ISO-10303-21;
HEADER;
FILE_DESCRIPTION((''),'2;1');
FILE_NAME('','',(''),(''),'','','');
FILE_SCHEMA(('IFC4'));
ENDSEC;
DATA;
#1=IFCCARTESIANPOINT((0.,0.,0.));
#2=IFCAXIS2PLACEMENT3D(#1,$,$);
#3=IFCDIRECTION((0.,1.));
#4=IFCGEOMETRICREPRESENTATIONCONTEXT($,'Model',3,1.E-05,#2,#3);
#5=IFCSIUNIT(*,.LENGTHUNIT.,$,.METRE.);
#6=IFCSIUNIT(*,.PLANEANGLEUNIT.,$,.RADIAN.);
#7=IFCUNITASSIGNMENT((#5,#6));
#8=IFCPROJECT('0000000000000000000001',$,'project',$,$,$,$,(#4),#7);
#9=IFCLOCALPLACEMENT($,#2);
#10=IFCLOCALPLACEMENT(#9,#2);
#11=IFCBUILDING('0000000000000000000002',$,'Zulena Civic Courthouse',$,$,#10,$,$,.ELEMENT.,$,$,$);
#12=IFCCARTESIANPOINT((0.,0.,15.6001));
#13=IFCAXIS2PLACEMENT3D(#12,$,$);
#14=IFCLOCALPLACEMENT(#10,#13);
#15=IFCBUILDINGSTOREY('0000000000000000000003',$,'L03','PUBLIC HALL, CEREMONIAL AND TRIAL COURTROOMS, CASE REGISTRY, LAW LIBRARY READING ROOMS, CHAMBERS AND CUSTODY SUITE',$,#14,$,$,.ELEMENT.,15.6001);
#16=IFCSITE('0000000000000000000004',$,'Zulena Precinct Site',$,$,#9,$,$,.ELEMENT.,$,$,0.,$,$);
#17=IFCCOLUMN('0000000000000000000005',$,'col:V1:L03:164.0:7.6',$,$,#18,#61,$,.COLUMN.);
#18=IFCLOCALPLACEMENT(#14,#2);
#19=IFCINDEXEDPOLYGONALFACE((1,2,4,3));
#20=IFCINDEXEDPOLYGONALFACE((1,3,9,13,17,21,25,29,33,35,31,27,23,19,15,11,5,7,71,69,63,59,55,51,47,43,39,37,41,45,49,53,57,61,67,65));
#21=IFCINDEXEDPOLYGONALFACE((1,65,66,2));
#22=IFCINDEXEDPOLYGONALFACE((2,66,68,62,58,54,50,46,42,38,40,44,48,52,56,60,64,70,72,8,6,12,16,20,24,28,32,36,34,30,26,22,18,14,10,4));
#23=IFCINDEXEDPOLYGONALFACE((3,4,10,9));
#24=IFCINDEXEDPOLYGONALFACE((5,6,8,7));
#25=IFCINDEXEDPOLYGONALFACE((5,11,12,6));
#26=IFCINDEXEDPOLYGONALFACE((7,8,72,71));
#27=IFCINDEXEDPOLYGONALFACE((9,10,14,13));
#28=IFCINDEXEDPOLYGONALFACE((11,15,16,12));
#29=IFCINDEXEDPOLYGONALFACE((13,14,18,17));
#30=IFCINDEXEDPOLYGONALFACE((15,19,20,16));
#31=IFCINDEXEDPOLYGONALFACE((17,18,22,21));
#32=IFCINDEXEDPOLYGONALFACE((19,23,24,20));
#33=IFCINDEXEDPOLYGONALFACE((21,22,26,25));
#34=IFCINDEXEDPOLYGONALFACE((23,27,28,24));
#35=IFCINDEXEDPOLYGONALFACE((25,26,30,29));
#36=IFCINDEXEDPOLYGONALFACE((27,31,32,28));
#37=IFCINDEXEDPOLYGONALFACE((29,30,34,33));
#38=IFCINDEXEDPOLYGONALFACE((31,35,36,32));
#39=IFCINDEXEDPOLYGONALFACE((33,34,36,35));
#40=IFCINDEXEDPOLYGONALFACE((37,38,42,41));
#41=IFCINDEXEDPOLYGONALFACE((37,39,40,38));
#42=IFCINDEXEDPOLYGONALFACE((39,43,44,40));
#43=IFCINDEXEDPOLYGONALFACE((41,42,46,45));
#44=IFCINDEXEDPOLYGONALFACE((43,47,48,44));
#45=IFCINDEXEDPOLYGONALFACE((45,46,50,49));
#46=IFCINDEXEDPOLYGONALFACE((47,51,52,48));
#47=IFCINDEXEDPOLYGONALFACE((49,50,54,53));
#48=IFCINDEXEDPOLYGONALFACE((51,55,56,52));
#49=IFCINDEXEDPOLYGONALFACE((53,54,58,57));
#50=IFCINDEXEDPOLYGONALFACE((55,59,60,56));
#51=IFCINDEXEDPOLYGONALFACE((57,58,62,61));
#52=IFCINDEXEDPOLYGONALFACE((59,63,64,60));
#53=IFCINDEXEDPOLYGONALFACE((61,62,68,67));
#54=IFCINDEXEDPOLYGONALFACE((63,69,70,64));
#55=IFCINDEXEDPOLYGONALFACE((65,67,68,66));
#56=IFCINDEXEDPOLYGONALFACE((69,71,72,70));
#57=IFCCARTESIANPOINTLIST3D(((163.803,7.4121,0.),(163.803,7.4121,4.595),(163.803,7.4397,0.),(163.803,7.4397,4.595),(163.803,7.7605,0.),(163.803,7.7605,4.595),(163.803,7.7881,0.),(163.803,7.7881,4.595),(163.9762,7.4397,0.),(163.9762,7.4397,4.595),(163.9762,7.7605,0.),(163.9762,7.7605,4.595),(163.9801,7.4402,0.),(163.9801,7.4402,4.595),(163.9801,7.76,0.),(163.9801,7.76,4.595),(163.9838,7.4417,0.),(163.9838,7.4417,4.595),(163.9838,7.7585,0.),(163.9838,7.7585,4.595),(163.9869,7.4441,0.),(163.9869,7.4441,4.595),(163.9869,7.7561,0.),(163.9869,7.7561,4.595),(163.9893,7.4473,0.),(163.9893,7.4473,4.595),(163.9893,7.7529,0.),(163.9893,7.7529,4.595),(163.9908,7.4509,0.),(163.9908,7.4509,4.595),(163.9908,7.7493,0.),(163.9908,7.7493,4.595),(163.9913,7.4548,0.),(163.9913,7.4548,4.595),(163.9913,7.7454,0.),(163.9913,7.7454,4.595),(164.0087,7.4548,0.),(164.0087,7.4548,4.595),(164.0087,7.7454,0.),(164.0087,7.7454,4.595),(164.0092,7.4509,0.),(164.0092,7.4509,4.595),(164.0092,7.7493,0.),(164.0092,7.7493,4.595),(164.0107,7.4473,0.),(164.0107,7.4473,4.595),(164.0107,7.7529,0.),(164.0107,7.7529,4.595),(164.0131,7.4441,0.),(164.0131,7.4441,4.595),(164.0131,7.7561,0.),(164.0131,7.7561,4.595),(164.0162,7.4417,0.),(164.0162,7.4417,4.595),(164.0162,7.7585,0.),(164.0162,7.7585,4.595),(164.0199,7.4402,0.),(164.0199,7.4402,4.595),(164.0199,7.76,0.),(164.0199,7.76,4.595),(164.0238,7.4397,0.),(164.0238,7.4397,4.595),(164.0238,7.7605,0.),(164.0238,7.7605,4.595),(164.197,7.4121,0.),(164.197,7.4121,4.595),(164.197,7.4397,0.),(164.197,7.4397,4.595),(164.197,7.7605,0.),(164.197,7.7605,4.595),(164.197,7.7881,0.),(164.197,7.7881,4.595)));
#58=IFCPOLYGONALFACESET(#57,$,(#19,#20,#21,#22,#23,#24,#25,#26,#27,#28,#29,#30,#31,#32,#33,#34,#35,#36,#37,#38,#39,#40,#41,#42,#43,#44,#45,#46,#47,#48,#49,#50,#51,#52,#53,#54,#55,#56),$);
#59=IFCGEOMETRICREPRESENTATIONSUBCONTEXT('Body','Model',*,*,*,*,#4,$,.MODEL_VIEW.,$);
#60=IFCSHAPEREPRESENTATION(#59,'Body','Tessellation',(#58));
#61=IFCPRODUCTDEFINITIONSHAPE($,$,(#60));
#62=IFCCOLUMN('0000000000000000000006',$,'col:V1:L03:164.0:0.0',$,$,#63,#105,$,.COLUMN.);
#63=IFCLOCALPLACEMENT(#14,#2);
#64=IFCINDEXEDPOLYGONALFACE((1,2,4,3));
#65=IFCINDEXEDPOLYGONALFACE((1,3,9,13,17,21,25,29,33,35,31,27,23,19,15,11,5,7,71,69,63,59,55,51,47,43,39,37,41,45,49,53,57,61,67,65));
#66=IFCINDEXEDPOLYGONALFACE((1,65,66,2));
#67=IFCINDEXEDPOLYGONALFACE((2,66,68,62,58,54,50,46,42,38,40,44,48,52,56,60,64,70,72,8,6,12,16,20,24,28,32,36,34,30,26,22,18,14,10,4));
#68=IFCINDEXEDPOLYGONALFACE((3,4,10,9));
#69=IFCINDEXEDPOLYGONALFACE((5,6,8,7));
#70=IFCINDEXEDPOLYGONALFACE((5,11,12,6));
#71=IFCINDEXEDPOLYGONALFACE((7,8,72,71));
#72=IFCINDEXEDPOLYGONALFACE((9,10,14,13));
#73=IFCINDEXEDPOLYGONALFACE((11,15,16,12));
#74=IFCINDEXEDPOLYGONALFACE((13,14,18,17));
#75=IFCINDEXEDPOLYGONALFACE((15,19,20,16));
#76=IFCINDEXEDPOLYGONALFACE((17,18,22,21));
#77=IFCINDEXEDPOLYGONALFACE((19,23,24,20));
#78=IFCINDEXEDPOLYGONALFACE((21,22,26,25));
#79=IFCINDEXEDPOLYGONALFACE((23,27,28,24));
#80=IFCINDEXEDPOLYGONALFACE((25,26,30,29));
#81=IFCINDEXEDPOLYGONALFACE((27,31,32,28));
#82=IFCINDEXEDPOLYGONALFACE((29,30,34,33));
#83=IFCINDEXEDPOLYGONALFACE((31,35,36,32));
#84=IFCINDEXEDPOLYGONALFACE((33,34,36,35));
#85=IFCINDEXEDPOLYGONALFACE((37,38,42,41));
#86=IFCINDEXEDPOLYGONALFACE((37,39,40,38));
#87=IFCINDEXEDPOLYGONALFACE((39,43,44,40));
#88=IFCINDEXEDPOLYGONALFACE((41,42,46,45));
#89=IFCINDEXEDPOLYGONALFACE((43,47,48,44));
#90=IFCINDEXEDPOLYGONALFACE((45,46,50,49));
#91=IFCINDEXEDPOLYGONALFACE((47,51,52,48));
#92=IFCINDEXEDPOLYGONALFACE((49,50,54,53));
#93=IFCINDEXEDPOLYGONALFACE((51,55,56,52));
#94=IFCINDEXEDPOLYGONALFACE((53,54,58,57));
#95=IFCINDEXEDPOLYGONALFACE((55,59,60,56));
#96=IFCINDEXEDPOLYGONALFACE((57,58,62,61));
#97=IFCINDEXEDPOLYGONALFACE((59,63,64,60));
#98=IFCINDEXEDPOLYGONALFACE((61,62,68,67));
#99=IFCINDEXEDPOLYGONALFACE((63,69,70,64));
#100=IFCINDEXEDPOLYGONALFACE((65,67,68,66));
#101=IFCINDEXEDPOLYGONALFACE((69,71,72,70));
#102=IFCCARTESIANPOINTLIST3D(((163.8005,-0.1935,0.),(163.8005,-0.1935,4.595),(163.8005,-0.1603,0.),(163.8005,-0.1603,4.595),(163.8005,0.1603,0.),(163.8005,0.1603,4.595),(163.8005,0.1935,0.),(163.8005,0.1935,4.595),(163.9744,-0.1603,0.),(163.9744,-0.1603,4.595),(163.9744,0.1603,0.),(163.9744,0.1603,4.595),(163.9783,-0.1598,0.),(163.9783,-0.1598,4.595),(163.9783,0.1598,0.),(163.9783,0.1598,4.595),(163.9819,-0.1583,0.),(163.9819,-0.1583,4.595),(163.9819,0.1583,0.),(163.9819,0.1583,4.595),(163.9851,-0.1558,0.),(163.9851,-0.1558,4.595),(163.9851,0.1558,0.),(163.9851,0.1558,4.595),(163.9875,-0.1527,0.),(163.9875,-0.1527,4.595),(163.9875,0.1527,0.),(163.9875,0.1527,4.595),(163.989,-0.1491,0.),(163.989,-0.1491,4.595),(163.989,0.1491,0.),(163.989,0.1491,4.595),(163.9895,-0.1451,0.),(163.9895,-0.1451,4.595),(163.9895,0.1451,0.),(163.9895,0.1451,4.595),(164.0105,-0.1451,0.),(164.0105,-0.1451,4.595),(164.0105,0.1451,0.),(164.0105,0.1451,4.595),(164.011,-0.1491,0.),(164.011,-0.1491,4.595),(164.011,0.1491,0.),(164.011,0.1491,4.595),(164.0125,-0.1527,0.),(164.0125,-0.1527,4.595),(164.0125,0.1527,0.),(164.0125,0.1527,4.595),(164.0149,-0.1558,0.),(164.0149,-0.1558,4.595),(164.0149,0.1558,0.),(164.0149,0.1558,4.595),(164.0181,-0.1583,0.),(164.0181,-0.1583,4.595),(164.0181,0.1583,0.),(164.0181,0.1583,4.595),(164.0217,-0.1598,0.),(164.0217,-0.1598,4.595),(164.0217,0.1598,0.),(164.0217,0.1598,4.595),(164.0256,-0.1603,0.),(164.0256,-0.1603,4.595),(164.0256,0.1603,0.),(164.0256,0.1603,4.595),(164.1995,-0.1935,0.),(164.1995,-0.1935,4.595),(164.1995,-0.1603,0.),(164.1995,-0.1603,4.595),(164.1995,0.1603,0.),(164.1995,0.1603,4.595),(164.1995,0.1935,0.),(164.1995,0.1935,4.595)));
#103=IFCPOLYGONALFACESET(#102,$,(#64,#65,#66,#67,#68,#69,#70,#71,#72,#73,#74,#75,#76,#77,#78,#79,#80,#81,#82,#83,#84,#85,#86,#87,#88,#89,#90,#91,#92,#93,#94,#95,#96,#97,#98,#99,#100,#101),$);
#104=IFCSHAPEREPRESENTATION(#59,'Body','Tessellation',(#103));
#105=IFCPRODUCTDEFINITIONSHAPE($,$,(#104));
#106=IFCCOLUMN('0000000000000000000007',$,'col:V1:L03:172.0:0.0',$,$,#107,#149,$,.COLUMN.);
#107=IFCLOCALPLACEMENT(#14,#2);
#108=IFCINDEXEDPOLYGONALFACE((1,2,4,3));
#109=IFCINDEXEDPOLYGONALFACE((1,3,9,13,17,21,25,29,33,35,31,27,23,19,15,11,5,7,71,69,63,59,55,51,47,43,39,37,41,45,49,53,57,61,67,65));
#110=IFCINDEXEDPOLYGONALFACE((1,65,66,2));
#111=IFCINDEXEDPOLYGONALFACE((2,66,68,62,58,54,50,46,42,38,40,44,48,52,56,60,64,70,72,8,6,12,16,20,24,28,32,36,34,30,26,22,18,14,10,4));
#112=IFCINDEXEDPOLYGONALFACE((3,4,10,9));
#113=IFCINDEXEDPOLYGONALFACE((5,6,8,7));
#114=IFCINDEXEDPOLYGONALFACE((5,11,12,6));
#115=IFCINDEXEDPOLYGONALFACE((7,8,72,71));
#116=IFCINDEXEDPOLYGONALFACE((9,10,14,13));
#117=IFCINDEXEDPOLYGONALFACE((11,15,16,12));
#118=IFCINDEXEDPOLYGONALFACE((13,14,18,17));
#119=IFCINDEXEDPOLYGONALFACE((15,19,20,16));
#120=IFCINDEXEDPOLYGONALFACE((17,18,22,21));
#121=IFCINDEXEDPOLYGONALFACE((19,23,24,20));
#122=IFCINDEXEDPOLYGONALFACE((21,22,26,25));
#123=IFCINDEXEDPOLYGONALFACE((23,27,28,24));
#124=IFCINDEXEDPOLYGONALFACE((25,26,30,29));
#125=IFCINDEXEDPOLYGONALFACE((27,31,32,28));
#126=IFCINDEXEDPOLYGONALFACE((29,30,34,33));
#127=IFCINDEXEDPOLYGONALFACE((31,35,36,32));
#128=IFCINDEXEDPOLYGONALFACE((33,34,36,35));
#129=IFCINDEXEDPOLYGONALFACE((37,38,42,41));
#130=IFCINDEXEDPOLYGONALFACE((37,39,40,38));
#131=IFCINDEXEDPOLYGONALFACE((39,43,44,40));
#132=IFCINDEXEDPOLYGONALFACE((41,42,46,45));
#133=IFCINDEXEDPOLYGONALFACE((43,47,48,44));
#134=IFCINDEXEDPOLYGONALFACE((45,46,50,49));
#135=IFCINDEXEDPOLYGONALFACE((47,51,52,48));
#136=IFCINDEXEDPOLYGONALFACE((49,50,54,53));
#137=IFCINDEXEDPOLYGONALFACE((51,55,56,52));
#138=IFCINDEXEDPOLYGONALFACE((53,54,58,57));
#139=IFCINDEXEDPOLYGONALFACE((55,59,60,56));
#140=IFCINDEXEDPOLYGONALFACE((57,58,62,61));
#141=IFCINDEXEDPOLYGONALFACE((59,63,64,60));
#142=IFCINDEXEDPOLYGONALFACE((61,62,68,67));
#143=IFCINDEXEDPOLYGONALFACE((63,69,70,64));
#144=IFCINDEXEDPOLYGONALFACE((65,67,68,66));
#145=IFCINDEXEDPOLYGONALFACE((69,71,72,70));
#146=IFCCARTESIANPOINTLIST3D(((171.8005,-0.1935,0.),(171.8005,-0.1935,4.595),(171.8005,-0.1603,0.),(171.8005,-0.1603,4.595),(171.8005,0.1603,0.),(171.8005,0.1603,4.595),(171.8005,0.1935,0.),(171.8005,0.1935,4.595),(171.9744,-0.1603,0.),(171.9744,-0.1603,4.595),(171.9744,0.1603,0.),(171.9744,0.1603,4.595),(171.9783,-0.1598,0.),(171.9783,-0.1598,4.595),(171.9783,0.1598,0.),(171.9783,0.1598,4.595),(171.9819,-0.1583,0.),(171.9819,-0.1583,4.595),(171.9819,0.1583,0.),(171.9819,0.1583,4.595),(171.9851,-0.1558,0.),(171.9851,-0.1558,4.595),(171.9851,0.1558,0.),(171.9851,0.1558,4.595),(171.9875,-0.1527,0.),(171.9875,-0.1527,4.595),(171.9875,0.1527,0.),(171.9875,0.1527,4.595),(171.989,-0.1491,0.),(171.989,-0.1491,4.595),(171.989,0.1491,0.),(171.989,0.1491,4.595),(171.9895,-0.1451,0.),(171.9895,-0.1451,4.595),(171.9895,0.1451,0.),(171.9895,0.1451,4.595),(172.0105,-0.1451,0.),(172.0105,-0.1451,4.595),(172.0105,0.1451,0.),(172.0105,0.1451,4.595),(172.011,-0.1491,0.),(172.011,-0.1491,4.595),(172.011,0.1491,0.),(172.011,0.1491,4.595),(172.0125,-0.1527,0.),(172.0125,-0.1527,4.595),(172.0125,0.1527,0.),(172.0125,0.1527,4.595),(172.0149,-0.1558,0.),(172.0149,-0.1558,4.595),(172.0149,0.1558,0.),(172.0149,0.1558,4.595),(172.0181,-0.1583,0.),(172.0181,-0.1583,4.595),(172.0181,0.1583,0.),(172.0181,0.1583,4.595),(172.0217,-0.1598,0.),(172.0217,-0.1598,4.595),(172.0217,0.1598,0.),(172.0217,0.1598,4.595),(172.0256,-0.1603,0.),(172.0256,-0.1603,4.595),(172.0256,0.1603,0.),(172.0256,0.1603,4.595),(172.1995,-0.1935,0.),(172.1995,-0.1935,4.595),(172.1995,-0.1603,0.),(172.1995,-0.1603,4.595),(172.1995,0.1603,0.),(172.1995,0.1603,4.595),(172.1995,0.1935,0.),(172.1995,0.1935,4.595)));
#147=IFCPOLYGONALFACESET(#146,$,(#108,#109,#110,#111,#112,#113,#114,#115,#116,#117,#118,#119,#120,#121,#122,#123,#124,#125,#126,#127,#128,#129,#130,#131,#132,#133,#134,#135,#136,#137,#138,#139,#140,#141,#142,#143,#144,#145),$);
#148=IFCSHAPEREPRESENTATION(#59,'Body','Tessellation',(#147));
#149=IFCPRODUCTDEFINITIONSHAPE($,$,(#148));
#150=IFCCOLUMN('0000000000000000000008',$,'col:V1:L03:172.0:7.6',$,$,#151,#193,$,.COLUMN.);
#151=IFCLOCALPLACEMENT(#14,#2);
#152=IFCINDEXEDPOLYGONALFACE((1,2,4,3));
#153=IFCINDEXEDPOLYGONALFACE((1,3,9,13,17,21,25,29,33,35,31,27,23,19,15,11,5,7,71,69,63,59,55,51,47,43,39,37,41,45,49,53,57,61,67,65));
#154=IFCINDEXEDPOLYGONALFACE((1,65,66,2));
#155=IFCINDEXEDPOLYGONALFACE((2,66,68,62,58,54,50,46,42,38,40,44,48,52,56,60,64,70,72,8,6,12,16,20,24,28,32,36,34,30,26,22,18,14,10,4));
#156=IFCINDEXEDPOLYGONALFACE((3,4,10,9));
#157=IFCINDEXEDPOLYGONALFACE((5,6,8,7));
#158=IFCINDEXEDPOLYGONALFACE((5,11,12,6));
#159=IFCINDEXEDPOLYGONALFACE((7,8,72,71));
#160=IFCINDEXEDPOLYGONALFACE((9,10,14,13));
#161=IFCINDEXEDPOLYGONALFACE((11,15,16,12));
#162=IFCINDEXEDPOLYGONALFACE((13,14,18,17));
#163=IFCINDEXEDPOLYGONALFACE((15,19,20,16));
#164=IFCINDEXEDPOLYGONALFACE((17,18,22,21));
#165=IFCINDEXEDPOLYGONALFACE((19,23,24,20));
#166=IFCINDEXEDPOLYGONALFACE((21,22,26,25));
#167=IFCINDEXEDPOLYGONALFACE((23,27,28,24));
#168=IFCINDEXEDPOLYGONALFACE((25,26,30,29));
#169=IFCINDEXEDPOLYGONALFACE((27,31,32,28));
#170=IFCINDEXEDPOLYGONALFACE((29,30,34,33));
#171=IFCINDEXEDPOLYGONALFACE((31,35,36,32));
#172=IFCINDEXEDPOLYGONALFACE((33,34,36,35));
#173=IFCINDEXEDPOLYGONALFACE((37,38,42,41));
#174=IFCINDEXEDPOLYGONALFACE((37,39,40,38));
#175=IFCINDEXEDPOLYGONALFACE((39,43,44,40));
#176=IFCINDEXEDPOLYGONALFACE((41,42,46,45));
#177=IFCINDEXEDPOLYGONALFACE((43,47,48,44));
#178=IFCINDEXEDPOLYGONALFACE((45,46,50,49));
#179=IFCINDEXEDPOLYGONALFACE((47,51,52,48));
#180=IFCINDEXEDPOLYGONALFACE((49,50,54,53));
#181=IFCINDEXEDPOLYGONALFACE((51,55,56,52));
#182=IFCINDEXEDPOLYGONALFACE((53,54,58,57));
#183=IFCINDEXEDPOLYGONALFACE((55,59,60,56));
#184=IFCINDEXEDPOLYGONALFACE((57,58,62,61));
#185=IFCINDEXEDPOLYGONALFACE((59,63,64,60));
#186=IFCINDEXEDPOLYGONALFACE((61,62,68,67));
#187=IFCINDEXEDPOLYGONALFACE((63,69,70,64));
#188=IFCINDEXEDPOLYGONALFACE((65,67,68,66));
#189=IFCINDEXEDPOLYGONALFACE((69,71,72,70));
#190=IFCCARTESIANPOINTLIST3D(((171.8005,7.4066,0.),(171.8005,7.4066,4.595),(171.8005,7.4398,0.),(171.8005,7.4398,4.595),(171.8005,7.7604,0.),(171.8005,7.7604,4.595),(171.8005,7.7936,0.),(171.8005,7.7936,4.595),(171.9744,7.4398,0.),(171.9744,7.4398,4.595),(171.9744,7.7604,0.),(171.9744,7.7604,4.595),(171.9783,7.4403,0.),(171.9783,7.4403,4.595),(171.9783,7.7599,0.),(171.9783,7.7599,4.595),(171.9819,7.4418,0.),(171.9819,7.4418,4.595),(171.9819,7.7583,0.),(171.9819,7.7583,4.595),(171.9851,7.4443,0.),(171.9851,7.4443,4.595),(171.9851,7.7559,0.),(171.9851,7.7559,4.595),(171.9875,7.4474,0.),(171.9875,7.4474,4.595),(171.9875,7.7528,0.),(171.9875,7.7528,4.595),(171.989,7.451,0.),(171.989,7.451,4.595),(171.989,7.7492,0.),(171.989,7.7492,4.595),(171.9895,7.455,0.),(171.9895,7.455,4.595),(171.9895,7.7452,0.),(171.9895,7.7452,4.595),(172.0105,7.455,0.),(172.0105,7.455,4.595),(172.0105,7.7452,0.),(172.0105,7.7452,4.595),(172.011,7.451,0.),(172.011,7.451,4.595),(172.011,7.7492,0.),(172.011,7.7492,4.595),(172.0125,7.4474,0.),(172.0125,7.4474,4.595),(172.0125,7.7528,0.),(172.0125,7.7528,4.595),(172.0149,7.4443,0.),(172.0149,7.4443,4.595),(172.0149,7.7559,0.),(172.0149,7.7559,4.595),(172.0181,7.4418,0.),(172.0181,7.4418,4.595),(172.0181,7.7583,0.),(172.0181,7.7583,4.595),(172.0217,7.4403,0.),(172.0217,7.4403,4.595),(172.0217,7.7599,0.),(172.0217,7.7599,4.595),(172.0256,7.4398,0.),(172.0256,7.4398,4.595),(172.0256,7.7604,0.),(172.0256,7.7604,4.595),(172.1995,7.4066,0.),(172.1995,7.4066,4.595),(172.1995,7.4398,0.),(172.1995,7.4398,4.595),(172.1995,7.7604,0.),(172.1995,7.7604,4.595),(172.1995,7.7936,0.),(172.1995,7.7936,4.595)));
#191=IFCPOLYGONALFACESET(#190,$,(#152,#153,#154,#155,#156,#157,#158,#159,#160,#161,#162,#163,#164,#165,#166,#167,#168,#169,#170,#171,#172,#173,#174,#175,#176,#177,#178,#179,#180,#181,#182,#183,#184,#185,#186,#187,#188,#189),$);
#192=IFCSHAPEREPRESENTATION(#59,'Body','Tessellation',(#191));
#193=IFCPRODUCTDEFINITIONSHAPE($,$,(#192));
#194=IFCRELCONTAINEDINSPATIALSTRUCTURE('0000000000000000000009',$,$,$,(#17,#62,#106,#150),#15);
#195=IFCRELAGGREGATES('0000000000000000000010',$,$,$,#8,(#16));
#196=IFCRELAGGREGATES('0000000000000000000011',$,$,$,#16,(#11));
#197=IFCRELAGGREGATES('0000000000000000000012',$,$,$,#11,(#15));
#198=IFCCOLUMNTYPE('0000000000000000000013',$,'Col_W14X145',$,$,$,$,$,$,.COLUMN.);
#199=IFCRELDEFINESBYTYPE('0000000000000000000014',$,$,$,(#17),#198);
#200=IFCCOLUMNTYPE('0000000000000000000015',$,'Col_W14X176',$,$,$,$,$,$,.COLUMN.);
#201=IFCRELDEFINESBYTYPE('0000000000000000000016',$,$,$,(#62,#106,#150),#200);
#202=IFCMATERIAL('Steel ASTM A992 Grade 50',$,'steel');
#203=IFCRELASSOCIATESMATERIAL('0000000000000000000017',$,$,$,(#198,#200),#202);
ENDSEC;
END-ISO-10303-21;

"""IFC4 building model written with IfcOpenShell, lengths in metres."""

from ifc_helpers import new_model, si_unit, direction, frame, origin, origin_2d, place, context, subcontext, project, spatial, i_section, extrude, material, material_profile, profile_set, type_object, element, save


model = new_model("IFC4")

# Units and contexts
model_context = context("Model", 3, precision=1e-05, world=origin(), true_north=direction((0.0, 1.0)))
body_context = subcontext(model_context, "Body", "Model", "MODEL_VIEW")
ifc_project = project(units=[si_unit("LENGTHUNIT", "METRE"), si_unit("PLANEANGLEUNIT", "RADIAN")], contexts=[model_context])

# Site, building, storey
site_placement = place(None, origin())
site = spatial("IfcSite", under=ifc_project, at=site_placement, Name="Zulena Precinct Site", CompositionType="ELEMENT", RefElevation=0.0)
building_placement = place(site_placement, origin())
building = spatial("IfcBuilding", under=site, at=building_placement, Name="Zulena Civic Courthouse", CompositionType="ELEMENT")
storey_placement = place(building_placement, frame((0.0, 0.0, 15.6001)))
storey = spatial("IfcBuildingStorey", under=building, at=storey_placement, Name="L03", Description="PUBLIC HALL, CEREMONIAL AND TRIAL COURTROOMS, CASE REGISTRY, LAW LIBRARY READING ROOMS, CHAMBERS AND CUSTODY SUITE", CompositionType="ELEMENT", Elevation=15.6001)

# Columns
ifc_material_1 = material(Name="Steel ASTM A992 Grade 50", Category="steel")
ifc_material_profile_1 = material_profile(ifc_material_1, i_section(OverallWidth=0.394, OverallDepth=0.376, WebThickness=0.0173, FlangeThickness=0.0276, FilletRadius=0.0151, at=origin_2d()), Name="W14X145")
ifc_profile_set_1 = profile_set([ifc_material_profile_1], Name="Steel ASTM A992 Grade 50")
column_type_1 = type_object("IfcColumnType", Name="Col_W14X145", PredefinedType="COLUMN", material=ifc_profile_set_1)
column_placement = place(storey_placement, frame((164.0, 7.6001, 0.0), z_axis=(0.0, 0.0, 1.0), x_axis=(1.0, 0.0, 0.0)))
element("IfcColumn", 1, at=column_placement, inside=storey, type_object=column_type_1, Name="col:V1:L03:164.0:7.6", PredefinedType="COLUMN", context=body_context, shape_type="SweptSolid", body=[
    extrude(i_section(OverallWidth=0.394, OverallDepth=0.376, WebThickness=0.0173, FlangeThickness=0.0276, FilletRadius=0.0151, at=origin_2d()), origin(), (0.0, 0.0, 1.0), 4.595),
])
ifc_material_profile_2 = material_profile(ifc_material_1, i_section(OverallWidth=0.3989, OverallDepth=0.387, WebThickness=0.021, FlangeThickness=0.0332, FilletRadius=0.0151, at=origin_2d()), Name="W14X176")
ifc_profile_set_2 = profile_set([ifc_material_profile_2], Name="Steel ASTM A992 Grade 50")
column_type_2 = type_object("IfcColumnType", Name="Col_W14X176", PredefinedType="COLUMN", material=ifc_profile_set_2)
for number, where, z_axis, x_axis, name in (
    (2, (164.0, 0.0, 0.0), (0.0, 0.0, 1.0), (1.0, 0.0, 0.0), "col:V1:L03:164.0:0.0"),
    (3, (172.0, 0.0, 0.0), (0.0, 0.0, 1.0), (1.0, 0.0, 0.0), "col:V1:L03:172.0:0.0"),
    (4, (172.0, 7.6001, 0.0), (0.0, 0.0, 1.0), (1.0, 0.0, 0.0), "col:V1:L03:172.0:7.6"),
):
    element("IfcColumn", number, at=place(storey_placement, frame(where, z_axis=z_axis, x_axis=x_axis)), inside=storey, type_object=column_type_2, Name=name, PredefinedType="COLUMN", context=body_context, shape_type="SweptSolid", body=[
        extrude(i_section(OverallWidth=0.3989, OverallDepth=0.387, WebThickness=0.021, FlangeThickness=0.0332, FilletRadius=0.0151, at=origin_2d()), origin(), (0.0, 0.0, 1.0), 4.595),
    ])

save(model, "model.ifc")
